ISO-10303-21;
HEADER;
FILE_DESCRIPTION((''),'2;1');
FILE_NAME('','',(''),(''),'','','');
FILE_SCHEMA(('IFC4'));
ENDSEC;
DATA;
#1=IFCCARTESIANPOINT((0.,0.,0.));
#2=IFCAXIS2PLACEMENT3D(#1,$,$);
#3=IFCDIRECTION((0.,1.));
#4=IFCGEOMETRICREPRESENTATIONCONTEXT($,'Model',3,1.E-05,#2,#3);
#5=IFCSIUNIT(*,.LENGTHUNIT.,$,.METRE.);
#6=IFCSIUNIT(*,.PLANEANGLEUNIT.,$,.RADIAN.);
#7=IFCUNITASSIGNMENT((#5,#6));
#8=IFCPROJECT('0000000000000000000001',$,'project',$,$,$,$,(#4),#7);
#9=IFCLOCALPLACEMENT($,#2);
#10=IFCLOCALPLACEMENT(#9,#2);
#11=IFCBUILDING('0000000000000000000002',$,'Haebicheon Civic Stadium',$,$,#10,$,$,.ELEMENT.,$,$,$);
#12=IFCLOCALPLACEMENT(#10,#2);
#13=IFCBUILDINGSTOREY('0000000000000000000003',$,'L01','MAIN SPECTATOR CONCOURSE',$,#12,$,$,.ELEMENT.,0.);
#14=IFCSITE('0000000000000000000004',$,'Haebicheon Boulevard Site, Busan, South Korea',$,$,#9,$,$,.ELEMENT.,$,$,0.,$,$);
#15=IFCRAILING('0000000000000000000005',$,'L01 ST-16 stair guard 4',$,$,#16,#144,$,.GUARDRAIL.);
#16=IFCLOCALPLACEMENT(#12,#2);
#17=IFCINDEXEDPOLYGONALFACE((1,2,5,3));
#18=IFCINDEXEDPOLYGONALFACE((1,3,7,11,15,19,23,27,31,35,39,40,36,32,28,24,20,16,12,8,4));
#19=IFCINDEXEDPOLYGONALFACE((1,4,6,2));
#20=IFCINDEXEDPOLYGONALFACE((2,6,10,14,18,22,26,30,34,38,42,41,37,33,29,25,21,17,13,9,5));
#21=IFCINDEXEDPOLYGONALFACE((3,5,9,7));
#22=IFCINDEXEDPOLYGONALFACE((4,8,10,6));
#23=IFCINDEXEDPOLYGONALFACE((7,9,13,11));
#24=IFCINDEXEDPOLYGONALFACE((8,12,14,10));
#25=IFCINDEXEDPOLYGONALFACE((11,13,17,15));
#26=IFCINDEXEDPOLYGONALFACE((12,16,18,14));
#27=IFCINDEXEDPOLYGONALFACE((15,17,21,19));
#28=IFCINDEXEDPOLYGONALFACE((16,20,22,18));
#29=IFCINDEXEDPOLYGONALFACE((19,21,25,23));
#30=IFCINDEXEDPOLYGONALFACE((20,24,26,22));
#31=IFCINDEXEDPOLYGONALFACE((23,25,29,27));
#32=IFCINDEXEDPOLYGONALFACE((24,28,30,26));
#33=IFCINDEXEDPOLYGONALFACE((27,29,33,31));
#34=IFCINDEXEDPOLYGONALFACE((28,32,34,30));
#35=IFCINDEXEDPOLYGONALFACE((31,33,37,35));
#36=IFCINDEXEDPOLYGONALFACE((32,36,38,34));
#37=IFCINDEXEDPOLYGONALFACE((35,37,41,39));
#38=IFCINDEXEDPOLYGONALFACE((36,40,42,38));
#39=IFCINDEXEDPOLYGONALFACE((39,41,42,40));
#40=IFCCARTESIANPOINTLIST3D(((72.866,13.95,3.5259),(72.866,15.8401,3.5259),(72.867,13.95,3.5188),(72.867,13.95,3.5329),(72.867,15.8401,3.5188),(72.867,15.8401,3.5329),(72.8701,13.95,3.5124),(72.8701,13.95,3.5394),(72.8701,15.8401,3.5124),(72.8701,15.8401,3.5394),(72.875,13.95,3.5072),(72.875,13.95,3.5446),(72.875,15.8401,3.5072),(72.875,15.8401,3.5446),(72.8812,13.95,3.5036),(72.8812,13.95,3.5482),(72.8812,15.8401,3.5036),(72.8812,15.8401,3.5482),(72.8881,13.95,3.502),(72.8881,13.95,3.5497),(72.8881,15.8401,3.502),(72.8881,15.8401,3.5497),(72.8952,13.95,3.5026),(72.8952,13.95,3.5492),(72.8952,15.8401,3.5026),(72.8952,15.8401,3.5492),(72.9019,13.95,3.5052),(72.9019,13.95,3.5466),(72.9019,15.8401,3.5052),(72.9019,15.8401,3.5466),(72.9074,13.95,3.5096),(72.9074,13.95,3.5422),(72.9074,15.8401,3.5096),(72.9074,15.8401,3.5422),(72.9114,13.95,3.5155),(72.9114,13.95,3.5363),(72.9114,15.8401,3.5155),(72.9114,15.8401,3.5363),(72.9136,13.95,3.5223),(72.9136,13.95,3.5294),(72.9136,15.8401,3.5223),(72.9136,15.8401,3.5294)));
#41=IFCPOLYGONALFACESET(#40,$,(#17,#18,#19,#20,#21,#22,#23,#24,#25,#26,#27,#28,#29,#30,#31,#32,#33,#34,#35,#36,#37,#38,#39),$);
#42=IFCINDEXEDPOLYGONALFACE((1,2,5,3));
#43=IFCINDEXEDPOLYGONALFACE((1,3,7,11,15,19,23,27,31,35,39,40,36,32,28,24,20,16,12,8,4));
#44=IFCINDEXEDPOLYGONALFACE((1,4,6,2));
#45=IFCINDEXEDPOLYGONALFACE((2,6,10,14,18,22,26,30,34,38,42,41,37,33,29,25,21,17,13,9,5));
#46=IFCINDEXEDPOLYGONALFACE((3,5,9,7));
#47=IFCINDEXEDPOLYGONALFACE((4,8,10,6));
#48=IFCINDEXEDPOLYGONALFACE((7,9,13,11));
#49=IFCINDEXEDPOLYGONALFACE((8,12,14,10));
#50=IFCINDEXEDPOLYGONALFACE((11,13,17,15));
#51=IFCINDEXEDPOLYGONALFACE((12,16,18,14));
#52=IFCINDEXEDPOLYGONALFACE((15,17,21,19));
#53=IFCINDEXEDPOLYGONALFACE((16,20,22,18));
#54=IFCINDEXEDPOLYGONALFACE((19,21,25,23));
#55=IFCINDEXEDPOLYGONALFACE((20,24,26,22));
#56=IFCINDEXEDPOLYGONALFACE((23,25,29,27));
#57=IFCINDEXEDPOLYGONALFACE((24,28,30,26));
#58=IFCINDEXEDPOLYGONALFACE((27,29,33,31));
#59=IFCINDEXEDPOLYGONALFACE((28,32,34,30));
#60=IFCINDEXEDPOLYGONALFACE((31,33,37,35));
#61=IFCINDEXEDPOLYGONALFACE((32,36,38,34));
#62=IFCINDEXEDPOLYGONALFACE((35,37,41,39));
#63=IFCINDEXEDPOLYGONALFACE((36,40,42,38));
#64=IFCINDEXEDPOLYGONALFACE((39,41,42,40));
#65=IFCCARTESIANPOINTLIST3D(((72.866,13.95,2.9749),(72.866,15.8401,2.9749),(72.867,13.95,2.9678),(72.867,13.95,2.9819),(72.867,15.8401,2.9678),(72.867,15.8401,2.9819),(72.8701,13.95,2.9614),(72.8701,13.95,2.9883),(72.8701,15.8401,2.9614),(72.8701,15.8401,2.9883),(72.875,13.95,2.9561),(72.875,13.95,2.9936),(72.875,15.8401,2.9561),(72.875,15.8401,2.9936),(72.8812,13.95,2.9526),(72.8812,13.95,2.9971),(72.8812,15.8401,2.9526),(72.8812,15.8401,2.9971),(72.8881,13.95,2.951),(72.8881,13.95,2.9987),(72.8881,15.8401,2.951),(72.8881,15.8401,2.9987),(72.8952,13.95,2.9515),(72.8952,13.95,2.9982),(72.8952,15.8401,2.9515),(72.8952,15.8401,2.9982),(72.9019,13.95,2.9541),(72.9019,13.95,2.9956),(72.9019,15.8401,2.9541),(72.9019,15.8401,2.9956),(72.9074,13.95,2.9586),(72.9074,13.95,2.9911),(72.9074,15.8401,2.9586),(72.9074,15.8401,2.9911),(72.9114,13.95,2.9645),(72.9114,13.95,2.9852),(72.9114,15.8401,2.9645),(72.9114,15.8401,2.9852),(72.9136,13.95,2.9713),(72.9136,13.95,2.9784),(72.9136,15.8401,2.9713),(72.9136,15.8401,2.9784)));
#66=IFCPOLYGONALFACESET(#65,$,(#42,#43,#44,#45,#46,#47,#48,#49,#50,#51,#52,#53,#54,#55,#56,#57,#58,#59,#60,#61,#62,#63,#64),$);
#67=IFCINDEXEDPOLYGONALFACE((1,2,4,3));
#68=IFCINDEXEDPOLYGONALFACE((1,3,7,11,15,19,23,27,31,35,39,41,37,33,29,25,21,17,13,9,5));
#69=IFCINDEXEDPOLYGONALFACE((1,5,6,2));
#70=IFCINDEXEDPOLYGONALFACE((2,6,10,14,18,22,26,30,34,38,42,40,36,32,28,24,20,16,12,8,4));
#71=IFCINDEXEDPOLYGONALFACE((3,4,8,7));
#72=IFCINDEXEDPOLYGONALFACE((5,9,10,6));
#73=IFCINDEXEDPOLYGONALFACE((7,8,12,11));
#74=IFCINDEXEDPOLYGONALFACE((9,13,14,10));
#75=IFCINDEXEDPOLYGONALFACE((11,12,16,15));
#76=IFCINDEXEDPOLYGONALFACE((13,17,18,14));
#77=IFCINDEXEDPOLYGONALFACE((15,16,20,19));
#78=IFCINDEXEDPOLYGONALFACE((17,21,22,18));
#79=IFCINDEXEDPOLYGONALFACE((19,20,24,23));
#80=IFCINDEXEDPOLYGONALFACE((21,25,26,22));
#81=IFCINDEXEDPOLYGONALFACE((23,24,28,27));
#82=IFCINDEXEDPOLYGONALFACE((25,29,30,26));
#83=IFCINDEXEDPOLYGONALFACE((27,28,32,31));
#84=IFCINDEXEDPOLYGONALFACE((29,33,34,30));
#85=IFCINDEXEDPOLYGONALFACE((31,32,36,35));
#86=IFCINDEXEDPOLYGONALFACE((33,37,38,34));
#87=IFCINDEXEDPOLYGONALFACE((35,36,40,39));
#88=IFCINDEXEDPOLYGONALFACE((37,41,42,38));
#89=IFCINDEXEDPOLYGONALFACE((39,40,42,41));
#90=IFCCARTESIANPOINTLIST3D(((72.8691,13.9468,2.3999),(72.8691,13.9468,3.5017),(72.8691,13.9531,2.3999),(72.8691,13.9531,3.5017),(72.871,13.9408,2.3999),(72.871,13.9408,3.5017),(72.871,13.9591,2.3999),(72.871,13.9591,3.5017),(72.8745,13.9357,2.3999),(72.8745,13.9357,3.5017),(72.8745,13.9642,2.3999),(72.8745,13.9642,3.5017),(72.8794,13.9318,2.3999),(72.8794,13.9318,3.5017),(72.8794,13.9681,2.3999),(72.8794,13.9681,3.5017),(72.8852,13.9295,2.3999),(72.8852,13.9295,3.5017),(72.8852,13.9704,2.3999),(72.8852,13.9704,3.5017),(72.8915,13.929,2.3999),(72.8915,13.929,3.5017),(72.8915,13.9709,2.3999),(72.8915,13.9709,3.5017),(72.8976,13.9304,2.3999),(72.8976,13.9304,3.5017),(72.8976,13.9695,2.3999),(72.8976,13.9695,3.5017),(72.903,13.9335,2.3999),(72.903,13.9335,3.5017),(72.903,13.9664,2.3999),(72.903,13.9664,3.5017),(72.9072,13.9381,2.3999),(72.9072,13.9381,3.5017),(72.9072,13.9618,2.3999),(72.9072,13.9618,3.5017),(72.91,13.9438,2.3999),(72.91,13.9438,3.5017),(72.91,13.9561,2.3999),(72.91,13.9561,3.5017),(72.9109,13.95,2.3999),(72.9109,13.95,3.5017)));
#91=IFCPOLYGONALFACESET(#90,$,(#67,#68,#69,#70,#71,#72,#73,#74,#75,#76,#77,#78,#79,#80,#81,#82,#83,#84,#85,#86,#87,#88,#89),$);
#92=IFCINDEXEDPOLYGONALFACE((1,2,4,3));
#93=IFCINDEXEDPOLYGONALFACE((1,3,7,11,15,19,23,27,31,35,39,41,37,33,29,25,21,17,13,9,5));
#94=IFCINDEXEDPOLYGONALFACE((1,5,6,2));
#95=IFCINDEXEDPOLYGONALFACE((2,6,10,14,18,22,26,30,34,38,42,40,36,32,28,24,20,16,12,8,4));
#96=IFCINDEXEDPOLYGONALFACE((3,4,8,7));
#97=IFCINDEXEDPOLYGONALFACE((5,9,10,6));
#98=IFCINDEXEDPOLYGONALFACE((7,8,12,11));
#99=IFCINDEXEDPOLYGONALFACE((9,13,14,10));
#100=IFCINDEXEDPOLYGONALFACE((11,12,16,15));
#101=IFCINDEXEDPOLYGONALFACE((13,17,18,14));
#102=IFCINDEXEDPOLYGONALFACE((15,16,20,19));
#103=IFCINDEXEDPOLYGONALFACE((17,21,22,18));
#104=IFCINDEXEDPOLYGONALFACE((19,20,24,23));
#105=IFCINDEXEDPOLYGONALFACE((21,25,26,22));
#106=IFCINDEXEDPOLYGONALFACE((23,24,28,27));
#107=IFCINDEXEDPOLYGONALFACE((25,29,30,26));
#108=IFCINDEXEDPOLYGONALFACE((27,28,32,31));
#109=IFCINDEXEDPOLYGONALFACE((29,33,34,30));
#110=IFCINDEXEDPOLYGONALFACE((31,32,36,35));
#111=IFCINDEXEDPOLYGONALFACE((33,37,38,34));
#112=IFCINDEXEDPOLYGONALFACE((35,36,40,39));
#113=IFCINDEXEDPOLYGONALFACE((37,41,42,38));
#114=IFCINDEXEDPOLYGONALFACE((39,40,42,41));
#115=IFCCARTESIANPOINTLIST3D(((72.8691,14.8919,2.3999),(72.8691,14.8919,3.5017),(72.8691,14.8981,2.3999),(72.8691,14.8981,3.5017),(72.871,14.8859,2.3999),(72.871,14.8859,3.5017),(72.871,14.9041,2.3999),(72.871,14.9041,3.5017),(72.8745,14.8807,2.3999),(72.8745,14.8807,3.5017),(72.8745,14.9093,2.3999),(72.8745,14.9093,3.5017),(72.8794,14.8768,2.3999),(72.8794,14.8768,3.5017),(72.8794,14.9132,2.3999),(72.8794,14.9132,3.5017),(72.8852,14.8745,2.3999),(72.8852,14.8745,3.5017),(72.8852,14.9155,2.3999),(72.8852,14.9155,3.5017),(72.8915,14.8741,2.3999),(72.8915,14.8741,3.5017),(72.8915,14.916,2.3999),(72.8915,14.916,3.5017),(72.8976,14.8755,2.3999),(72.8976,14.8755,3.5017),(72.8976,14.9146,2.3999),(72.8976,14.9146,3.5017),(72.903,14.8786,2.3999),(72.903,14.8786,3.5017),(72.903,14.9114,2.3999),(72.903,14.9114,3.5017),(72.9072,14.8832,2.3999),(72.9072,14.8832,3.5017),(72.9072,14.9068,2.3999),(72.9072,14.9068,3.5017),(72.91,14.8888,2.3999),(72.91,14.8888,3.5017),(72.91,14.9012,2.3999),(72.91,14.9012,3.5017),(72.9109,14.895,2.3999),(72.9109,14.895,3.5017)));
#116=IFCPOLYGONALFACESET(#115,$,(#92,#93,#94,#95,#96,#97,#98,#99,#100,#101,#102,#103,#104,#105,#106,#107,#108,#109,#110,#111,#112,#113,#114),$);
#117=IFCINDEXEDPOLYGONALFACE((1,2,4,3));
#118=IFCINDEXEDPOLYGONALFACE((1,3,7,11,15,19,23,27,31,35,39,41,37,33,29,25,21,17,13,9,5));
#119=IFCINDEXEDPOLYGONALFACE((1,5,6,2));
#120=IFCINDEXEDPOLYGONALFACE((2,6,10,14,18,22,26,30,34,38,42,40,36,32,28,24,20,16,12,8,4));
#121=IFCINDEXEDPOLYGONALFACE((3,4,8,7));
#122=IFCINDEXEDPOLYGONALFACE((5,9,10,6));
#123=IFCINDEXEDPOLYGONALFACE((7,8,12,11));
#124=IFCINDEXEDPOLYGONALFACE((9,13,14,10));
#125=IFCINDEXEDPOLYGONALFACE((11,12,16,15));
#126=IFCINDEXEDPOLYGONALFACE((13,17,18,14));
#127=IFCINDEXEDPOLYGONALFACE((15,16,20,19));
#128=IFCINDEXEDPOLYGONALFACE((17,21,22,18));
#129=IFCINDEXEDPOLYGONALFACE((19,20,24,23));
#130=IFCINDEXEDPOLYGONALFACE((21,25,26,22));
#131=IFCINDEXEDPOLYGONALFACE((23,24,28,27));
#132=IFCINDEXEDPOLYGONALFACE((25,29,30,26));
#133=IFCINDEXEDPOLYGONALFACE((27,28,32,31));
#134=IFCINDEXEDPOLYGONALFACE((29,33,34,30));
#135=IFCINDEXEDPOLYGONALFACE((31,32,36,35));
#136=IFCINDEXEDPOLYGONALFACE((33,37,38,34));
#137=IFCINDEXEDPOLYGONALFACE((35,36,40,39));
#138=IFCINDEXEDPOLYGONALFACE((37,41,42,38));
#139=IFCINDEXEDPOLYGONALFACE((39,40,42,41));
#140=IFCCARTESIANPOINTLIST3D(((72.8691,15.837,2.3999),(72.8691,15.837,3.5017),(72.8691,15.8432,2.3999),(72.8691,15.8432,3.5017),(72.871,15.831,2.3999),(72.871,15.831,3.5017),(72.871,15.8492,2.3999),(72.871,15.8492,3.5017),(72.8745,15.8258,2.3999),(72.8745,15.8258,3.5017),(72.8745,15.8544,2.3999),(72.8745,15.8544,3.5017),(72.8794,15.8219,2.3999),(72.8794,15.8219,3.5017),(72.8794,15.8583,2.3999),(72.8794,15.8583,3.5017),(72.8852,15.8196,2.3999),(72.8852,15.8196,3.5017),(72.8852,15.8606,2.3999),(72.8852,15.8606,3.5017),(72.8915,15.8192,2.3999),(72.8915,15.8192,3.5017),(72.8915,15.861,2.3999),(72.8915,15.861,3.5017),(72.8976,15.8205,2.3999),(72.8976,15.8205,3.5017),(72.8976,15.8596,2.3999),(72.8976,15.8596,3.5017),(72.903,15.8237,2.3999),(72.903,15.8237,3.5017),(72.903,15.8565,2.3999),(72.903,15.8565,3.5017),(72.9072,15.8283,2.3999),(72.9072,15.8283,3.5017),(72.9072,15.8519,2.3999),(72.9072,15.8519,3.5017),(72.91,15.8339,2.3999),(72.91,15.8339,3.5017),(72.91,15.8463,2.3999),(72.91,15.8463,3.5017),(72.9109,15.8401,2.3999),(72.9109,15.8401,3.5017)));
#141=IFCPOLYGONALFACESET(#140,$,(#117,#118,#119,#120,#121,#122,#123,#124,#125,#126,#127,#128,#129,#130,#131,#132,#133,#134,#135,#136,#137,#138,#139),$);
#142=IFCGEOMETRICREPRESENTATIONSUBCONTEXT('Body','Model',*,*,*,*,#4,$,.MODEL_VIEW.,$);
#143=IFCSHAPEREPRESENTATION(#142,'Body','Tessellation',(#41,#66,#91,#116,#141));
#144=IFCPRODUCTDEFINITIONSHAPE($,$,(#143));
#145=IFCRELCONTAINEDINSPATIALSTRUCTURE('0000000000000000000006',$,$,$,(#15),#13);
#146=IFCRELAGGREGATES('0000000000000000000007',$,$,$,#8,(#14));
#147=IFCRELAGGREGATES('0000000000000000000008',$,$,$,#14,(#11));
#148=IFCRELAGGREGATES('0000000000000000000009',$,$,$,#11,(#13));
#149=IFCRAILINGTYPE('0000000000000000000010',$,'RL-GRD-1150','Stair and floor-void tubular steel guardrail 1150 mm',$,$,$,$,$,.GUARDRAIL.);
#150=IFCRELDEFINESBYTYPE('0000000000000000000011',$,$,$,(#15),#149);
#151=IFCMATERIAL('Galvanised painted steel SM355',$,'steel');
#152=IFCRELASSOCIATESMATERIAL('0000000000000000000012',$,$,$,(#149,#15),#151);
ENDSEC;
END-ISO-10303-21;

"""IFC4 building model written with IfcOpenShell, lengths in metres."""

from ifc_helpers import new_model, si_unit, direction, frame, origin, origin_2d, place, context, subcontext, project, spatial, circle, extrude, material, type_object, element, save


model = new_model("IFC4")

# Units and contexts
model_context = context("Model", 3, precision=1e-05, world=origin(), true_north=direction((0.0, 1.0)))
body_context = subcontext(model_context, "Body", "Model", "MODEL_VIEW")
ifc_project = project(units=[si_unit("LENGTHUNIT", "METRE"), si_unit("PLANEANGLEUNIT", "RADIAN")], contexts=[model_context])

# Site, building, storey
site_placement = place(None, origin())
site = spatial("IfcSite", under=ifc_project, at=site_placement, Name="Haebicheon Boulevard Site, Busan, South Korea", CompositionType="ELEMENT", RefElevation=0.0)
building_placement = place(site_placement, origin())
building = spatial("IfcBuilding", under=site, at=building_placement, Name="Haebicheon Civic Stadium", CompositionType="ELEMENT")
storey_placement = place(building_placement, origin())
storey = spatial("IfcBuildingStorey", under=building, at=storey_placement, Name="L01", Description="MAIN SPECTATOR CONCOURSE", CompositionType="ELEMENT", Elevation=0.0)

# Railing
ifc_material_1 = material(Name="Galvanised painted steel SM355", Category="steel")
railing_type_1 = type_object("IfcRailingType", Name="RL-GRD-1150", Description="Stair and floor-void tubular steel guardrail 1150 mm", PredefinedType="GUARDRAIL", material=ifc_material_1)
railing_1_placement = place(storey_placement, frame((72.8899, 13.95, 2.3999)))
element("IfcRailing", 1, at=railing_1_placement, inside=storey, type_object=railing_type_1, material=ifc_material_1, Name="L01 ST-16 stair guard 4", PredefinedType="GUARDRAIL", context=body_context, shape_type="SweptSolid", body=[
    extrude(circle(Radius=0.0239, at=origin_2d()), frame((0.0, 0.0, 1.126), z_axis=(0.0, 1.0, 0.0), x_axis=(-1.0, 0.0, 0.0)), (0.0, 0.0, 1.0), 1.8901),
    extrude(circle(Radius=0.0239, at=origin_2d()), frame((0.0, 0.0, 0.575), z_axis=(0.0, 1.0, 0.0), x_axis=(-1.0, 0.0, 0.0)), (0.0, 0.0, 1.0), 1.8901),
    extrude(circle(Radius=0.021, at=origin_2d()), origin(), (0.0, 0.0, 1.0), 1.1018),
    extrude(circle(Radius=0.021, at=origin_2d()), frame((0.0, 0.9451, 0.0)), (0.0, 0.0, 1.0), 1.1018),
    extrude(circle(Radius=0.021, at=origin_2d()), frame((0.0, 1.8901, 0.0)), (0.0, 0.0, 1.0), 1.1018),
])

save(model, "model.ifc")
